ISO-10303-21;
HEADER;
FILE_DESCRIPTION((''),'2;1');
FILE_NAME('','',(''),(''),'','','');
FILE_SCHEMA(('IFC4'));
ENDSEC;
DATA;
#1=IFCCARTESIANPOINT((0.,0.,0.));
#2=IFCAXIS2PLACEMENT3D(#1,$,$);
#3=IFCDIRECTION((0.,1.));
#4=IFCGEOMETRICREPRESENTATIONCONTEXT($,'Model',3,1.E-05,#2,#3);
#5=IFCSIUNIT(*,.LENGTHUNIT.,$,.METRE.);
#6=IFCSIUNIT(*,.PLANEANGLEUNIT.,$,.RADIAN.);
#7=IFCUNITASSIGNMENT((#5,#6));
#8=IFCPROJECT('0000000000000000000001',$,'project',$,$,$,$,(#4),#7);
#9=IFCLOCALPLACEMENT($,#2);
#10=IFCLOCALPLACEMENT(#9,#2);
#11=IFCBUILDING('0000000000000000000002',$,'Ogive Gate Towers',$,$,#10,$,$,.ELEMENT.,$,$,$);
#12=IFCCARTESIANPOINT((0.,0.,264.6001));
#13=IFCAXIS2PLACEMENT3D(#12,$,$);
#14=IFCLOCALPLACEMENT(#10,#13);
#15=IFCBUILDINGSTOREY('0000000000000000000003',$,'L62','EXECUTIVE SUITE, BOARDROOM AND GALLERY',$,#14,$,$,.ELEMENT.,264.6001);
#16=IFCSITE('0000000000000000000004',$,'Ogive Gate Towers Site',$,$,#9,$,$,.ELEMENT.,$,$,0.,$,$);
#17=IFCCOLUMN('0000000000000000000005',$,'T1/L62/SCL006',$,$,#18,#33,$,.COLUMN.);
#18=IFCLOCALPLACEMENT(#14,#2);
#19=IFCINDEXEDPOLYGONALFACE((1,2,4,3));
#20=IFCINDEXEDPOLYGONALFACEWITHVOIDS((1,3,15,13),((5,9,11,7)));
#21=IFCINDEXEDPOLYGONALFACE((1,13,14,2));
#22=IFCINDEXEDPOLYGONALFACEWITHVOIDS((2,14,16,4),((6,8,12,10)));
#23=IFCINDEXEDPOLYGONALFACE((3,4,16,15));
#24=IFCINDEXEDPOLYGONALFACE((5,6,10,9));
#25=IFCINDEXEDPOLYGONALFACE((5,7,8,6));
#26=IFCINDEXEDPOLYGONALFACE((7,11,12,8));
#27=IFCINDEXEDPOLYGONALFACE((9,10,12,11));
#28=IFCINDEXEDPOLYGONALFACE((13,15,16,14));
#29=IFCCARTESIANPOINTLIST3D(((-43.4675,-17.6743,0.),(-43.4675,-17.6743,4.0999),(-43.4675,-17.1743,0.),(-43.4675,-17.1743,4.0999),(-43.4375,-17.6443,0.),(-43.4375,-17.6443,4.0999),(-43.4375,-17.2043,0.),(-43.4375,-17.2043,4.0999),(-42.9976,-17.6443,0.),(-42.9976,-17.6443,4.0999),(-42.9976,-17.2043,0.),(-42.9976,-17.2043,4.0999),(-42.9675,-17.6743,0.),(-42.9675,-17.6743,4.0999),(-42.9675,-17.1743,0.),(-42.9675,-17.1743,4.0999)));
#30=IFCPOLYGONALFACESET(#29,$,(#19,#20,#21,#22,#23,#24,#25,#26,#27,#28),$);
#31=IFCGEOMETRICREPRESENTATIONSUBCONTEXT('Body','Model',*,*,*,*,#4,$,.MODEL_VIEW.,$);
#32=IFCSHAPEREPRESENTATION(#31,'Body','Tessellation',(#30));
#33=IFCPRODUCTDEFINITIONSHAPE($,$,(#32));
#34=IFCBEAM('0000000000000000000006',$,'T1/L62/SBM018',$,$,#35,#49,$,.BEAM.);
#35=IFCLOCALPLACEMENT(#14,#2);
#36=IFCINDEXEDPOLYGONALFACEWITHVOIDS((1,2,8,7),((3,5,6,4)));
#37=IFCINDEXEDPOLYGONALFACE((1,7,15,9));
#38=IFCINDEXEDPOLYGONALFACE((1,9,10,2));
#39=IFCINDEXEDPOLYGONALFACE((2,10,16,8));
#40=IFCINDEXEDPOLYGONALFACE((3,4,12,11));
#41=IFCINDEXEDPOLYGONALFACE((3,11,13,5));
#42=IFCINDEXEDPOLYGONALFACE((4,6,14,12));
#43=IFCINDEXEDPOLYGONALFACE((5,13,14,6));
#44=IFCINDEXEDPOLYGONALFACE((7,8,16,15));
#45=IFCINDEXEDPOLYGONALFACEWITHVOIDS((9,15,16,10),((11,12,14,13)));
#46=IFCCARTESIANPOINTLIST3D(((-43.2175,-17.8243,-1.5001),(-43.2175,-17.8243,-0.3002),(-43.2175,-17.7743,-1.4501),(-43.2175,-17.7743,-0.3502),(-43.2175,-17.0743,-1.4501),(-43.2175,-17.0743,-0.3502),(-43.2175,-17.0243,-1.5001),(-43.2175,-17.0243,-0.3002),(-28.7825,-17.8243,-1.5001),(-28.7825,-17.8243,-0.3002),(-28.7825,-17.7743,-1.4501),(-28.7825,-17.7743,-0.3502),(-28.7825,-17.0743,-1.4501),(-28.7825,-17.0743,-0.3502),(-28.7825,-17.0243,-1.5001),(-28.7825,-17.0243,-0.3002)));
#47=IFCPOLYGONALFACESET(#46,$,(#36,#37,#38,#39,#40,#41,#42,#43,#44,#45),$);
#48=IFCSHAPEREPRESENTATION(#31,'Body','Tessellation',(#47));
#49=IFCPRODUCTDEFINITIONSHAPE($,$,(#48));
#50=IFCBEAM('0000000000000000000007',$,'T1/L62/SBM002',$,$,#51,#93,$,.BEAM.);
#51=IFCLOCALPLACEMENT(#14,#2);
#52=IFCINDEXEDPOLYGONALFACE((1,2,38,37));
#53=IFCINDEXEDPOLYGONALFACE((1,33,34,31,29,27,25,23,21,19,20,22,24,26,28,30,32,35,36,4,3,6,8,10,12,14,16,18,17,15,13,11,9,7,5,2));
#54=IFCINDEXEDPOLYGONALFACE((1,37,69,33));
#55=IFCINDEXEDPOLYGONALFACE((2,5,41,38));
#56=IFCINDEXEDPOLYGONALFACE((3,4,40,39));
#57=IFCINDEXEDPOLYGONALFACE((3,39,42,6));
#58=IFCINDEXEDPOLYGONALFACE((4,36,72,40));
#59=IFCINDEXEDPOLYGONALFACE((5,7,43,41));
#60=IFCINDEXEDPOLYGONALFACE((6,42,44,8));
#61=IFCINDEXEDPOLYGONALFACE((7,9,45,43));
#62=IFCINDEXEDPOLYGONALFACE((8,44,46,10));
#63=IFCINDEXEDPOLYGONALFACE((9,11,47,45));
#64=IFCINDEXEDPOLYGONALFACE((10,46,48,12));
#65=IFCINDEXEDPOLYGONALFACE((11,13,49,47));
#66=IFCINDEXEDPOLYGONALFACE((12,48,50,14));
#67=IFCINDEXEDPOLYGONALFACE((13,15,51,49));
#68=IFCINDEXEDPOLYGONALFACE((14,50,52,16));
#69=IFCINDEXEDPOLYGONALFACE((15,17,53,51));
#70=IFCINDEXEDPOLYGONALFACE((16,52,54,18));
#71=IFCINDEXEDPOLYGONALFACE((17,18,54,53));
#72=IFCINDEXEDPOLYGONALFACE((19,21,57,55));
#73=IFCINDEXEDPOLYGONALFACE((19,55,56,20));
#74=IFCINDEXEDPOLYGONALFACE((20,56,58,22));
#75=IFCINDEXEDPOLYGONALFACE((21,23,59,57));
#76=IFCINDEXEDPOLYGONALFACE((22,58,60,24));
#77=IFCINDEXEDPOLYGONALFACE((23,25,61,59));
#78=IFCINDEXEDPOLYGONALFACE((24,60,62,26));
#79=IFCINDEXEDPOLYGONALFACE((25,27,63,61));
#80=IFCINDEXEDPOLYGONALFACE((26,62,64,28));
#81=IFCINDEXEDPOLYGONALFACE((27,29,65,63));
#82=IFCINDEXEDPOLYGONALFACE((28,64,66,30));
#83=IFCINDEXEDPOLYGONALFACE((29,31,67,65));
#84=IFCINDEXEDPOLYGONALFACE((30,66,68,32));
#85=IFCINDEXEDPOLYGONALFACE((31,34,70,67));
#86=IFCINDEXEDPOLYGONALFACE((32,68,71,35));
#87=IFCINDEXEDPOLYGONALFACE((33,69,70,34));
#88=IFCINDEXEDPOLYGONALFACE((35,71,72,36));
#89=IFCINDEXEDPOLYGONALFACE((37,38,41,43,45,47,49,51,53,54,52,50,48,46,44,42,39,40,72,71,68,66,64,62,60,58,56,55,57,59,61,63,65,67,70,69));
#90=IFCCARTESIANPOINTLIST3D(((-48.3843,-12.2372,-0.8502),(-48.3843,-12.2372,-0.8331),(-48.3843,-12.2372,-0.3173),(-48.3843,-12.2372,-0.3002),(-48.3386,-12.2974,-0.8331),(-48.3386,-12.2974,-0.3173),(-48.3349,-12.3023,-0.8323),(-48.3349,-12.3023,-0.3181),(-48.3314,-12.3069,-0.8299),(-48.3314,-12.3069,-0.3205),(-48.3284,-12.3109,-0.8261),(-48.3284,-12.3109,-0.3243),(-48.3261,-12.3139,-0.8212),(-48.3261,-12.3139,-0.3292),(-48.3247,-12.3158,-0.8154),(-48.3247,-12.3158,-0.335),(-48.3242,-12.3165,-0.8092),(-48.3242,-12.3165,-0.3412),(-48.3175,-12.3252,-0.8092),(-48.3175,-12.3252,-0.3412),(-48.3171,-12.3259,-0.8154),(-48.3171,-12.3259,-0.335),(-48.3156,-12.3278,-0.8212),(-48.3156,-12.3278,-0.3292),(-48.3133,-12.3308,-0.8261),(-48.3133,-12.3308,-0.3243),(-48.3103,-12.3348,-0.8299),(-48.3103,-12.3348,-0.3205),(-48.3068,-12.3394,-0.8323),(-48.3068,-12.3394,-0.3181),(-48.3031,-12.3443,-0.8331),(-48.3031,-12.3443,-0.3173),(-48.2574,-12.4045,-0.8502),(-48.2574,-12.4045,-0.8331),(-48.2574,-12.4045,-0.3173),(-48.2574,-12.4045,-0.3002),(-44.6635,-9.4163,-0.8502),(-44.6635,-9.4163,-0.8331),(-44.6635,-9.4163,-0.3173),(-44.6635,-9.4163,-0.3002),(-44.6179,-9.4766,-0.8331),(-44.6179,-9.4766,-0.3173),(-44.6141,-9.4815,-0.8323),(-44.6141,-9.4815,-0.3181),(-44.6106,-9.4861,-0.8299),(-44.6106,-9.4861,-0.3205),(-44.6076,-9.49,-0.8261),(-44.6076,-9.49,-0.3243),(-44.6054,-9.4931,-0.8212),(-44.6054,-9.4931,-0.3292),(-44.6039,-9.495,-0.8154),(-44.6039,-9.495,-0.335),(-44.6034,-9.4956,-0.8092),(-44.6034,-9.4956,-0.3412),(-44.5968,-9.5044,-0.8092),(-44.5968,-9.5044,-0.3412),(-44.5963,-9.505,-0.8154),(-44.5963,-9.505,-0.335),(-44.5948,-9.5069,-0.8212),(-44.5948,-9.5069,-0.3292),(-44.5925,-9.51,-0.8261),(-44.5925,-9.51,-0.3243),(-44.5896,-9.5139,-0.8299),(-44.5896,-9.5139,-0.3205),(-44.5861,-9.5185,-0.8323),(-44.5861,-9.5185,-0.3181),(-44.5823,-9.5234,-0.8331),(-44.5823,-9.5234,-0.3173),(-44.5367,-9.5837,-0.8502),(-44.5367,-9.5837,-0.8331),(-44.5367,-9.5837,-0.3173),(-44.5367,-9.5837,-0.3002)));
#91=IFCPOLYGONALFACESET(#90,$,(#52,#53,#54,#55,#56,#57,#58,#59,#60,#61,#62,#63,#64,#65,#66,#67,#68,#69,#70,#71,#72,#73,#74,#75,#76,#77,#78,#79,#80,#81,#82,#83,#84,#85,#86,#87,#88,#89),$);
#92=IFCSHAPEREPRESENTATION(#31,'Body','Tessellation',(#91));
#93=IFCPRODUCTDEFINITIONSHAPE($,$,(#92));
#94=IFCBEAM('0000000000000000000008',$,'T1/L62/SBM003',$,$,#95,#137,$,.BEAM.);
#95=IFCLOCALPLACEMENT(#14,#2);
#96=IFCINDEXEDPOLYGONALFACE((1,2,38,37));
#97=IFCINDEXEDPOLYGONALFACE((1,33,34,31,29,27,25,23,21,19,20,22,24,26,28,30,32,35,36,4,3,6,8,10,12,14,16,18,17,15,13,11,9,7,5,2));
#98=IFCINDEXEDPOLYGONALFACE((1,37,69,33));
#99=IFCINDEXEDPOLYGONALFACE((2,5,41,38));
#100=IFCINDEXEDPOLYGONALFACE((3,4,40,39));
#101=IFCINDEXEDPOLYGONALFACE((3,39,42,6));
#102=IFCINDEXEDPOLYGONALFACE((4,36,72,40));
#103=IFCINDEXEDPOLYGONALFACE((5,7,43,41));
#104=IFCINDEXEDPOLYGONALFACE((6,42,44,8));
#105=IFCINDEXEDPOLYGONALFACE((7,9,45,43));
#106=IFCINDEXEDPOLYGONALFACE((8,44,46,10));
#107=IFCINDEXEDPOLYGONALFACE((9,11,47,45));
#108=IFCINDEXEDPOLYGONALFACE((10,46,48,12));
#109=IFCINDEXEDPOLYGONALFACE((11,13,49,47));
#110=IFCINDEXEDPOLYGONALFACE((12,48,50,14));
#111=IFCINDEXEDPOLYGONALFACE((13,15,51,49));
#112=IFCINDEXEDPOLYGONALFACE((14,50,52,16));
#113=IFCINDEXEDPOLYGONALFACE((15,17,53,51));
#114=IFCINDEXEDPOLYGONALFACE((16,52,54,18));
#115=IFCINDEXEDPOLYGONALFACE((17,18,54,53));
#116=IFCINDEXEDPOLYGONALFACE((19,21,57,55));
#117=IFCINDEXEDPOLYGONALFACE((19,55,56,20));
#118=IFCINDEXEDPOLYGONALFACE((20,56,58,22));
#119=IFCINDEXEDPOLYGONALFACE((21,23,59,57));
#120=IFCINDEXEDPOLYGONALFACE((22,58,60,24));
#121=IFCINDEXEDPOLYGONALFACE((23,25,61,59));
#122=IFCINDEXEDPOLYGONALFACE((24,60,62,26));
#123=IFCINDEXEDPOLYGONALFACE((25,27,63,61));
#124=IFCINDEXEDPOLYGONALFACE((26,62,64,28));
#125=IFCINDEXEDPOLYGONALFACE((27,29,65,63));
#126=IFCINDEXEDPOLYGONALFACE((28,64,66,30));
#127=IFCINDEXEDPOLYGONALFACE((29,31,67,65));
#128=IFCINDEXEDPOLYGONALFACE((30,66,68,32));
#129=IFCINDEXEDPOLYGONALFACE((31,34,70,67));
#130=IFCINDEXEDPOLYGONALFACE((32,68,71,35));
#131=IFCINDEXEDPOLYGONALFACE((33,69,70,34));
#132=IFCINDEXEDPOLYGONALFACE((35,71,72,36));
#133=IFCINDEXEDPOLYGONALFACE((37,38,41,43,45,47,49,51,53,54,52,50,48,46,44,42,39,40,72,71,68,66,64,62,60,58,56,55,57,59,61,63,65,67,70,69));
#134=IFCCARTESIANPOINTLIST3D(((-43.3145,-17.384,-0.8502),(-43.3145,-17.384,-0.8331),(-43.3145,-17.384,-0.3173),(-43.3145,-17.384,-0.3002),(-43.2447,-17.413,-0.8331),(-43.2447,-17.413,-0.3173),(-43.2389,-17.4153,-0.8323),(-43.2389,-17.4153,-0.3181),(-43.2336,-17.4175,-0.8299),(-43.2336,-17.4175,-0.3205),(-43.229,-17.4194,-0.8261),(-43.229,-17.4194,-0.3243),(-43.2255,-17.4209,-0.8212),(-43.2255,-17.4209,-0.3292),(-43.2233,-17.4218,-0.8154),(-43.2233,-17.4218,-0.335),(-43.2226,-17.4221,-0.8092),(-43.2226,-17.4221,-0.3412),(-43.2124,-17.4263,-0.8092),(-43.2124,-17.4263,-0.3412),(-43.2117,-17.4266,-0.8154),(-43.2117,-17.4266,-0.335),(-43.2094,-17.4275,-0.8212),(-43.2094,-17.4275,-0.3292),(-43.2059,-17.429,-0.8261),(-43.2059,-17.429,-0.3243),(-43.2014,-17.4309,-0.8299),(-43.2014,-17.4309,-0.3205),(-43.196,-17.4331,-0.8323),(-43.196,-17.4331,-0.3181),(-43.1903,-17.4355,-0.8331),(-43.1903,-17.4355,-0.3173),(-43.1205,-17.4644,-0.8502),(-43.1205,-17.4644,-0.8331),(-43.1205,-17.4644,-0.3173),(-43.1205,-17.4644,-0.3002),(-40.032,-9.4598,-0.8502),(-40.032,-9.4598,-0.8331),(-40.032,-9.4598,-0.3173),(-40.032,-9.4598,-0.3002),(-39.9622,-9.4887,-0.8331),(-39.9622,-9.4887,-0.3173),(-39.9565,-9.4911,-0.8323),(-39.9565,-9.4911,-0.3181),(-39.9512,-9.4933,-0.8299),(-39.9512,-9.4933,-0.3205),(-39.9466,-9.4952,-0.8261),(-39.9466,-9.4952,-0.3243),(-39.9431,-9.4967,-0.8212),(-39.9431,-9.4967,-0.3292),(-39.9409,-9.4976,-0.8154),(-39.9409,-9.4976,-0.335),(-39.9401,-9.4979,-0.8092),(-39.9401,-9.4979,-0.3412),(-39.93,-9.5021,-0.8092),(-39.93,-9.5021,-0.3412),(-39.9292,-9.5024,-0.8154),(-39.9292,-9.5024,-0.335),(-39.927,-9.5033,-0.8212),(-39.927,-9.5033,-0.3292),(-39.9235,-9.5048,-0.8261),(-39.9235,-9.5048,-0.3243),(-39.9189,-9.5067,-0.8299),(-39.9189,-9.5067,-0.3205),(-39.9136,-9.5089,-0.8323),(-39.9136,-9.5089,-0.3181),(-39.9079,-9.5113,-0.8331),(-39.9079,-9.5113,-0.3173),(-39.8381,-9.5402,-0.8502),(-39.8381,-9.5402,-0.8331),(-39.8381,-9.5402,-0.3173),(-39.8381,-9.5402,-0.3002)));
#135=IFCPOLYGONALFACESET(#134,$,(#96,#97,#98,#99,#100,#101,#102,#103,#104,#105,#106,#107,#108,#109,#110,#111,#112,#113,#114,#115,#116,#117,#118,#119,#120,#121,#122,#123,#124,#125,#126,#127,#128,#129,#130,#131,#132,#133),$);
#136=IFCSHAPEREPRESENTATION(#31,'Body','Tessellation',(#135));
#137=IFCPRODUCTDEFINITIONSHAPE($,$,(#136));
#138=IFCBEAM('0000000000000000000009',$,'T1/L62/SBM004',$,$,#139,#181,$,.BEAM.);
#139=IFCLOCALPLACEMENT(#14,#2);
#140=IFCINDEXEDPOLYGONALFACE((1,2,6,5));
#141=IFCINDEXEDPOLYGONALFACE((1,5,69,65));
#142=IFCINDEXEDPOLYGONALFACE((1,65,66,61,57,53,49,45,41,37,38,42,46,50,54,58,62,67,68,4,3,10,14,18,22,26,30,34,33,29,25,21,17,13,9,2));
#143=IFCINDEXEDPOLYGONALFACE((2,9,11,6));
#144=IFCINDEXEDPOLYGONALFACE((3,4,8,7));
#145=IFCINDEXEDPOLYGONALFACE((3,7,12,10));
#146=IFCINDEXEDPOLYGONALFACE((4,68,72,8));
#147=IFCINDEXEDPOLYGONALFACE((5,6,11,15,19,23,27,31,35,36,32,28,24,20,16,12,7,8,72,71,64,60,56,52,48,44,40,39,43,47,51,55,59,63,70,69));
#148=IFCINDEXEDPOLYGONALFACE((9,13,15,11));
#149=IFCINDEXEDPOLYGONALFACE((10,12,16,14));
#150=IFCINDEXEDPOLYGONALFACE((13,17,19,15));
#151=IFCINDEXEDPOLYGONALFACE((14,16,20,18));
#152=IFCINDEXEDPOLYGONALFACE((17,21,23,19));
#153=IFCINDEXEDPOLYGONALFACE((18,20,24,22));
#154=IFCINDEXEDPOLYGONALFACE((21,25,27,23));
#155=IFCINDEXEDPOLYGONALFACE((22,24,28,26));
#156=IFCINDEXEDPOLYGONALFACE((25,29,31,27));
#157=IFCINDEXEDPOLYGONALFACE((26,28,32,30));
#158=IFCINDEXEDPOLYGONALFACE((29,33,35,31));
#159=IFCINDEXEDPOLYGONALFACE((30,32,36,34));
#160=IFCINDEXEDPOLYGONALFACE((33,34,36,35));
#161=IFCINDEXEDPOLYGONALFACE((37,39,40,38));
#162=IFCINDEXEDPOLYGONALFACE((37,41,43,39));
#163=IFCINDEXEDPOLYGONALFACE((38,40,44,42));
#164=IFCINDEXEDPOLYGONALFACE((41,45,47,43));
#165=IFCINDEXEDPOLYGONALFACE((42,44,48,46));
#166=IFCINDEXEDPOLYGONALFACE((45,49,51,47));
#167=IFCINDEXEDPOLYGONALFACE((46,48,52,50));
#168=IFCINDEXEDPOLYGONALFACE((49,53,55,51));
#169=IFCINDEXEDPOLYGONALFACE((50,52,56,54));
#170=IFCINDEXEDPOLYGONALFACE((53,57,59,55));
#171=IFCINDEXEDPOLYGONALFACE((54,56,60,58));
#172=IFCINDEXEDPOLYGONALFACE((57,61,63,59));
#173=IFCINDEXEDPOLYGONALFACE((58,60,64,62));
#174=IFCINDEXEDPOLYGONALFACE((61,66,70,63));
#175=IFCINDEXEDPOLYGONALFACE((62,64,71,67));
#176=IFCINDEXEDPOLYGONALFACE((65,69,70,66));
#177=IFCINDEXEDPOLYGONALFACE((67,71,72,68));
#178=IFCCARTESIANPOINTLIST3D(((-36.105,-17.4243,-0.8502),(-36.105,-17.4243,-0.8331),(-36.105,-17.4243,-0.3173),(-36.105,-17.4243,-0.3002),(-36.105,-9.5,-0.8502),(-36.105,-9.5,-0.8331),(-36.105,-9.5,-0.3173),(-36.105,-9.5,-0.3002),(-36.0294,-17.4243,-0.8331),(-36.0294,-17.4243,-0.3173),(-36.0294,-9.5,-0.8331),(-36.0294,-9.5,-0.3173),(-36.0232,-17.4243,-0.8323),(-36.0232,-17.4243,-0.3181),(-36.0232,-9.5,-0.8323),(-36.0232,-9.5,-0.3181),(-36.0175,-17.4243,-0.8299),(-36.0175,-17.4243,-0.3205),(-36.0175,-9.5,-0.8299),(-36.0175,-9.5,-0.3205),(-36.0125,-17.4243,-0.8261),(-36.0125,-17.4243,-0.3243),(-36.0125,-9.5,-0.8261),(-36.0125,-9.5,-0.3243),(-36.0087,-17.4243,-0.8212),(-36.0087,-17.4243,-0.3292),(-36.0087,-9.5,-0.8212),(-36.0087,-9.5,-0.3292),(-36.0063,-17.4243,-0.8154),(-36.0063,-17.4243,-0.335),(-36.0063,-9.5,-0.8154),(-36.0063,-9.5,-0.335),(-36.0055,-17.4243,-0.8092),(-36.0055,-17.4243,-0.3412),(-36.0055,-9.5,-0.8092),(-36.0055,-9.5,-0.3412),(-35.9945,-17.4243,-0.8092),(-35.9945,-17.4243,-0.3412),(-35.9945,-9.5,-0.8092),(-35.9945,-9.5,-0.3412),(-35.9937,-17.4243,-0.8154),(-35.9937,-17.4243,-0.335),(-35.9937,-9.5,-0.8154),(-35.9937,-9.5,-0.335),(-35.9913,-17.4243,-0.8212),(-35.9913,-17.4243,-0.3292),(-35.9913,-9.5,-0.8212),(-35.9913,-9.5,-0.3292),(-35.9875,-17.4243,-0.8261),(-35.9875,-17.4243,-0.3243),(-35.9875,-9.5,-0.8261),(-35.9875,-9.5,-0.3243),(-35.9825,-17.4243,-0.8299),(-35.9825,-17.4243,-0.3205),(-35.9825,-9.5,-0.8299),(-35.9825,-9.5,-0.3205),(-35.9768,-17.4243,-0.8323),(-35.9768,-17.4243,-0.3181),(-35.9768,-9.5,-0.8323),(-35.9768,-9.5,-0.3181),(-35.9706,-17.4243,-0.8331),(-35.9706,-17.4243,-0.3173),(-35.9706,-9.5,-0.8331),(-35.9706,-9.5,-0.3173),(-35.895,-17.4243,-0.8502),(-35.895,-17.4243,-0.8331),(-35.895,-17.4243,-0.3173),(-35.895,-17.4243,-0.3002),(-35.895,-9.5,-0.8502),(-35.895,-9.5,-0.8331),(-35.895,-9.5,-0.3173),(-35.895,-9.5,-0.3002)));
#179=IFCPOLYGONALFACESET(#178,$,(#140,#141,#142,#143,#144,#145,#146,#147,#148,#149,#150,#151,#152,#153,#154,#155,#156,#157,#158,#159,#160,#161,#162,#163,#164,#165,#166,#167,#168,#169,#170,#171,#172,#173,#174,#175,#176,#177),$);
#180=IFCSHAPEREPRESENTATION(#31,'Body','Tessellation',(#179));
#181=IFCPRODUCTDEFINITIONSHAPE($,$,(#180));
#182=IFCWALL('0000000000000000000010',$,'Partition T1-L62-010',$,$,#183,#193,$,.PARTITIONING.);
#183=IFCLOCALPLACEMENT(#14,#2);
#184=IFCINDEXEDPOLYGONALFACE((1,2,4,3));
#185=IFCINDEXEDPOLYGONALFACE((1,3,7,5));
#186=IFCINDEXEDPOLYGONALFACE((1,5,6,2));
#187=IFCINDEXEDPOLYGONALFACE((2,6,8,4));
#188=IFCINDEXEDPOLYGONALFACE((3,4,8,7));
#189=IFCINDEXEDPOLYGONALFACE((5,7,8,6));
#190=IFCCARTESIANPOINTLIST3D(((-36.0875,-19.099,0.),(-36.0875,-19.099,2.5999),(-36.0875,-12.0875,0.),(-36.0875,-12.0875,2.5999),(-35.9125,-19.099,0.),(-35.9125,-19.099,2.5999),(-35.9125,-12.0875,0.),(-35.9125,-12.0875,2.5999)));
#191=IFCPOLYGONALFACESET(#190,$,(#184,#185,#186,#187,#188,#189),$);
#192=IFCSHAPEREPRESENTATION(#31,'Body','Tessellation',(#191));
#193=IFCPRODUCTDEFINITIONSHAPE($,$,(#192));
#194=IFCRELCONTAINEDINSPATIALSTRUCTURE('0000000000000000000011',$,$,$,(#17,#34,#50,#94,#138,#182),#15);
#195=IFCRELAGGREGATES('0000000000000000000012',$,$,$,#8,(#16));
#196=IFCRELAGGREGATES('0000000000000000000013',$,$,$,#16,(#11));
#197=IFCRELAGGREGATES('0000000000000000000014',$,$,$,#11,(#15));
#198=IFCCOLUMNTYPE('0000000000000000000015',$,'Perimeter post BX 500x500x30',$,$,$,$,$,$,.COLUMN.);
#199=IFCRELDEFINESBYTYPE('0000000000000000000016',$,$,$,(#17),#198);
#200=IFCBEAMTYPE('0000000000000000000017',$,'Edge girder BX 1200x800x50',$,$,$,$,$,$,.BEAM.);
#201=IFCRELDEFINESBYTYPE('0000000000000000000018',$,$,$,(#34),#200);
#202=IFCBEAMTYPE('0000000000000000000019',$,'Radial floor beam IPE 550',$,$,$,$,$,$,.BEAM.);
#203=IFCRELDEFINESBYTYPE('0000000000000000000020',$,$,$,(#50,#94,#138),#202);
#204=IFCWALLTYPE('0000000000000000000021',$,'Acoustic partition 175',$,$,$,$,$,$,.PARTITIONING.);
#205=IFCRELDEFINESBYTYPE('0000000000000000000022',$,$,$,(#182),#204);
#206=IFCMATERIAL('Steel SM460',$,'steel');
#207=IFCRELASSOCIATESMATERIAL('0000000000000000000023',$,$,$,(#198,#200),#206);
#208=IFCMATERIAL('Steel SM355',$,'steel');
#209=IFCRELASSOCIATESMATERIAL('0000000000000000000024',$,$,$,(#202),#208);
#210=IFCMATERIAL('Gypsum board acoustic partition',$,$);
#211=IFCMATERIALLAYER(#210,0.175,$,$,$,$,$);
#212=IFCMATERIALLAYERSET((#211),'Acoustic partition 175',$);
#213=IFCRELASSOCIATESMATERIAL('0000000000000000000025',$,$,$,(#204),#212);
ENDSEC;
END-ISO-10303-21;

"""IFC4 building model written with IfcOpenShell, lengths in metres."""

from ifc_helpers import new_model, si_unit, direction, frame, frame_2d, origin, origin_2d, place, context, subcontext, project, spatial, rectangle, hollow_rectangle, i_section, extrude, material, layer, layer_set, material_profile, profile_set, type_object, element, save


model = new_model("IFC4")

# Units and contexts
model_context = context("Model", 3, precision=1e-05, world=origin(), true_north=direction((0.0, 1.0)))
body_context = subcontext(model_context, "Body", "Model", "MODEL_VIEW")
ifc_project = project(units=[si_unit("LENGTHUNIT", "METRE"), si_unit("PLANEANGLEUNIT", "RADIAN")], contexts=[model_context])

# Site, building, storey
site_placement = place(None, origin())
site = spatial("IfcSite", under=ifc_project, at=site_placement, Name="Ogive Gate Towers Site", CompositionType="ELEMENT", RefElevation=0.0)
building_placement = place(site_placement, origin())
building = spatial("IfcBuilding", under=site, at=building_placement, Name="Ogive Gate Towers", CompositionType="ELEMENT")
storey_placement = place(building_placement, frame((0.0, 0.0, 264.6001)))
storey = spatial("IfcBuildingStorey", under=building, at=storey_placement, Name="L62", Description="EXECUTIVE SUITE, BOARDROOM AND GALLERY", CompositionType="ELEMENT", Elevation=264.6001)

# Column
ifc_material_1 = material(Name="Steel SM460", Category="steel")
ifc_material_profile_1 = material_profile(ifc_material_1, hollow_rectangle(XDim=0.5, YDim=0.5, WallThickness=0.03, at=origin_2d()), Name="BX 500x500x30")
ifc_profile_set_1 = profile_set([ifc_material_profile_1], Name="Steel SM460")
column_type = type_object("IfcColumnType", Name="Perimeter post BX 500x500x30", PredefinedType="COLUMN", material=ifc_profile_set_1)
column_placement = place(storey_placement, frame((-43.2175, -17.4243, 0.0), z_axis=(0.0, 0.0, 1.0), x_axis=(1.0, 0.0, 0.0)))
element("IfcColumn", 1, at=column_placement, inside=storey, type_object=column_type, Name="T1/L62/SCL006", PredefinedType="COLUMN", context=body_context, shape_type="SweptSolid", body=[
    extrude(hollow_rectangle(XDim=0.5, YDim=0.5, WallThickness=0.03, at=origin_2d()), origin(), (0.0, 0.0, 1.0), 4.0999),
])

# Beams
ifc_material_profile_2 = material_profile(ifc_material_1, hollow_rectangle(XDim=0.8, YDim=1.2, WallThickness=0.05, at=origin_2d()), Name="BX 1200x800x50")
ifc_profile_set_2 = profile_set([ifc_material_profile_2], Name="Steel SM460")
beam_type_1 = type_object("IfcBeamType", Name="Edge girder BX 1200x800x50", PredefinedType="BEAM", material=ifc_profile_set_2)
beam_1_placement = place(storey_placement, frame((-43.2175, -17.4243, -0.9001), z_axis=(1.0, 0.0, 0.0), x_axis=(0.0, 1.0, 0.0)))
element("IfcBeam", 2, at=beam_1_placement, inside=storey, type_object=beam_type_1, Name="T1/L62/SBM018", PredefinedType="BEAM", context=body_context, shape_type="SweptSolid", body=[
    extrude(hollow_rectangle(XDim=0.8, YDim=1.2, WallThickness=0.05, at=origin_2d()), origin(), (0.0, 0.0, 1.0), 14.4351),
])
ifc_material_2 = material(Name="Steel SM355", Category="steel")
ifc_material_profile_3 = material_profile(ifc_material_2, i_section(OverallWidth=0.21, OverallDepth=0.55, WebThickness=0.011, FlangeThickness=0.0171, FilletRadius=0.0239, at=origin_2d()), Name="IPE 550")
ifc_profile_set_3 = profile_set([ifc_material_profile_3], Name="Steel SM355")
beam_type_2 = type_object("IfcBeamType", Name="Radial floor beam IPE 550", PredefinedType="BEAM", material=ifc_profile_set_3)
beam_2_placement = place(storey_placement, frame((-44.6001, -9.5, -0.5752), z_axis=(-0.796877, -0.604142, 0.0), x_axis=(0.604142, -0.796877, 0.0)))
element("IfcBeam", 3, at=beam_2_placement, inside=storey, type_object=beam_type_2, Name="T1/L62/SBM002", PredefinedType="BEAM", context=body_context, shape_type="SweptSolid", body=[
    extrude(i_section(OverallWidth=0.21, OverallDepth=0.55, WebThickness=0.011, FlangeThickness=0.0171, FilletRadius=0.0239, at=origin_2d()), origin(), (0.0, 0.0, 1.0), 4.6692),
])
beam_3_placement = place(storey_placement, frame((-39.9351, -9.5, -0.5752), z_axis=(-0.382695, -0.923875, 0.0), x_axis=(0.923875, -0.382695, 0.0)))
element("IfcBeam", 4, at=beam_3_placement, inside=storey, type_object=beam_type_2, Name="T1/L62/SBM003", PredefinedType="BEAM", context=body_context, shape_type="SweptSolid", body=[
    extrude(i_section(OverallWidth=0.21, OverallDepth=0.55, WebThickness=0.011, FlangeThickness=0.0171, FilletRadius=0.0239, at=origin_2d()), origin(), (0.0, 0.0, 1.0), 8.5771),
])
beam_4_placement = place(storey_placement, frame((-36.0, -9.5, -0.5752), z_axis=(0.0, -1.0, 0.0), x_axis=(1.0, 0.0, 0.0)))
element("IfcBeam", 5, at=beam_4_placement, inside=storey, type_object=beam_type_2, Name="T1/L62/SBM004", PredefinedType="BEAM", context=body_context, shape_type="SweptSolid", body=[
    extrude(i_section(OverallWidth=0.21, OverallDepth=0.55, WebThickness=0.011, FlangeThickness=0.0171, FilletRadius=0.0239, at=origin_2d()), origin(), (0.0, 0.0, 1.0), 7.9243),
])

# Wall
ifc_material_3 = material(Name="Gypsum board acoustic partition")
ifc_layer_1 = layer(ifc_material_3, 0.175)
ifc_layer_set_1 = layer_set([ifc_layer_1], Name="Acoustic partition 175")
wall_type_1 = type_object("IfcWallType", Name="Acoustic partition 175", PredefinedType="PARTITIONING", material=ifc_layer_set_1)
wall_1_placement = place(storey_placement, frame((-36.0, -19.0991, 0.0), z_axis=(0.0, 0.0, 1.0), x_axis=(0.0, 1.0, 0.0)))
element("IfcWall", 6, at=wall_1_placement, inside=storey, type_object=wall_type_1, Name="Partition T1-L62-010", PredefinedType="PARTITIONING", context=body_context, shape_type="SweptSolid", body=[
    extrude(rectangle(XDim=7.0115, YDim=0.175, at=frame_2d((3.5059, 0.0))), origin(), (0.0, 0.0, 1.0), 2.5999),
])

save(model, "model.ifc")
